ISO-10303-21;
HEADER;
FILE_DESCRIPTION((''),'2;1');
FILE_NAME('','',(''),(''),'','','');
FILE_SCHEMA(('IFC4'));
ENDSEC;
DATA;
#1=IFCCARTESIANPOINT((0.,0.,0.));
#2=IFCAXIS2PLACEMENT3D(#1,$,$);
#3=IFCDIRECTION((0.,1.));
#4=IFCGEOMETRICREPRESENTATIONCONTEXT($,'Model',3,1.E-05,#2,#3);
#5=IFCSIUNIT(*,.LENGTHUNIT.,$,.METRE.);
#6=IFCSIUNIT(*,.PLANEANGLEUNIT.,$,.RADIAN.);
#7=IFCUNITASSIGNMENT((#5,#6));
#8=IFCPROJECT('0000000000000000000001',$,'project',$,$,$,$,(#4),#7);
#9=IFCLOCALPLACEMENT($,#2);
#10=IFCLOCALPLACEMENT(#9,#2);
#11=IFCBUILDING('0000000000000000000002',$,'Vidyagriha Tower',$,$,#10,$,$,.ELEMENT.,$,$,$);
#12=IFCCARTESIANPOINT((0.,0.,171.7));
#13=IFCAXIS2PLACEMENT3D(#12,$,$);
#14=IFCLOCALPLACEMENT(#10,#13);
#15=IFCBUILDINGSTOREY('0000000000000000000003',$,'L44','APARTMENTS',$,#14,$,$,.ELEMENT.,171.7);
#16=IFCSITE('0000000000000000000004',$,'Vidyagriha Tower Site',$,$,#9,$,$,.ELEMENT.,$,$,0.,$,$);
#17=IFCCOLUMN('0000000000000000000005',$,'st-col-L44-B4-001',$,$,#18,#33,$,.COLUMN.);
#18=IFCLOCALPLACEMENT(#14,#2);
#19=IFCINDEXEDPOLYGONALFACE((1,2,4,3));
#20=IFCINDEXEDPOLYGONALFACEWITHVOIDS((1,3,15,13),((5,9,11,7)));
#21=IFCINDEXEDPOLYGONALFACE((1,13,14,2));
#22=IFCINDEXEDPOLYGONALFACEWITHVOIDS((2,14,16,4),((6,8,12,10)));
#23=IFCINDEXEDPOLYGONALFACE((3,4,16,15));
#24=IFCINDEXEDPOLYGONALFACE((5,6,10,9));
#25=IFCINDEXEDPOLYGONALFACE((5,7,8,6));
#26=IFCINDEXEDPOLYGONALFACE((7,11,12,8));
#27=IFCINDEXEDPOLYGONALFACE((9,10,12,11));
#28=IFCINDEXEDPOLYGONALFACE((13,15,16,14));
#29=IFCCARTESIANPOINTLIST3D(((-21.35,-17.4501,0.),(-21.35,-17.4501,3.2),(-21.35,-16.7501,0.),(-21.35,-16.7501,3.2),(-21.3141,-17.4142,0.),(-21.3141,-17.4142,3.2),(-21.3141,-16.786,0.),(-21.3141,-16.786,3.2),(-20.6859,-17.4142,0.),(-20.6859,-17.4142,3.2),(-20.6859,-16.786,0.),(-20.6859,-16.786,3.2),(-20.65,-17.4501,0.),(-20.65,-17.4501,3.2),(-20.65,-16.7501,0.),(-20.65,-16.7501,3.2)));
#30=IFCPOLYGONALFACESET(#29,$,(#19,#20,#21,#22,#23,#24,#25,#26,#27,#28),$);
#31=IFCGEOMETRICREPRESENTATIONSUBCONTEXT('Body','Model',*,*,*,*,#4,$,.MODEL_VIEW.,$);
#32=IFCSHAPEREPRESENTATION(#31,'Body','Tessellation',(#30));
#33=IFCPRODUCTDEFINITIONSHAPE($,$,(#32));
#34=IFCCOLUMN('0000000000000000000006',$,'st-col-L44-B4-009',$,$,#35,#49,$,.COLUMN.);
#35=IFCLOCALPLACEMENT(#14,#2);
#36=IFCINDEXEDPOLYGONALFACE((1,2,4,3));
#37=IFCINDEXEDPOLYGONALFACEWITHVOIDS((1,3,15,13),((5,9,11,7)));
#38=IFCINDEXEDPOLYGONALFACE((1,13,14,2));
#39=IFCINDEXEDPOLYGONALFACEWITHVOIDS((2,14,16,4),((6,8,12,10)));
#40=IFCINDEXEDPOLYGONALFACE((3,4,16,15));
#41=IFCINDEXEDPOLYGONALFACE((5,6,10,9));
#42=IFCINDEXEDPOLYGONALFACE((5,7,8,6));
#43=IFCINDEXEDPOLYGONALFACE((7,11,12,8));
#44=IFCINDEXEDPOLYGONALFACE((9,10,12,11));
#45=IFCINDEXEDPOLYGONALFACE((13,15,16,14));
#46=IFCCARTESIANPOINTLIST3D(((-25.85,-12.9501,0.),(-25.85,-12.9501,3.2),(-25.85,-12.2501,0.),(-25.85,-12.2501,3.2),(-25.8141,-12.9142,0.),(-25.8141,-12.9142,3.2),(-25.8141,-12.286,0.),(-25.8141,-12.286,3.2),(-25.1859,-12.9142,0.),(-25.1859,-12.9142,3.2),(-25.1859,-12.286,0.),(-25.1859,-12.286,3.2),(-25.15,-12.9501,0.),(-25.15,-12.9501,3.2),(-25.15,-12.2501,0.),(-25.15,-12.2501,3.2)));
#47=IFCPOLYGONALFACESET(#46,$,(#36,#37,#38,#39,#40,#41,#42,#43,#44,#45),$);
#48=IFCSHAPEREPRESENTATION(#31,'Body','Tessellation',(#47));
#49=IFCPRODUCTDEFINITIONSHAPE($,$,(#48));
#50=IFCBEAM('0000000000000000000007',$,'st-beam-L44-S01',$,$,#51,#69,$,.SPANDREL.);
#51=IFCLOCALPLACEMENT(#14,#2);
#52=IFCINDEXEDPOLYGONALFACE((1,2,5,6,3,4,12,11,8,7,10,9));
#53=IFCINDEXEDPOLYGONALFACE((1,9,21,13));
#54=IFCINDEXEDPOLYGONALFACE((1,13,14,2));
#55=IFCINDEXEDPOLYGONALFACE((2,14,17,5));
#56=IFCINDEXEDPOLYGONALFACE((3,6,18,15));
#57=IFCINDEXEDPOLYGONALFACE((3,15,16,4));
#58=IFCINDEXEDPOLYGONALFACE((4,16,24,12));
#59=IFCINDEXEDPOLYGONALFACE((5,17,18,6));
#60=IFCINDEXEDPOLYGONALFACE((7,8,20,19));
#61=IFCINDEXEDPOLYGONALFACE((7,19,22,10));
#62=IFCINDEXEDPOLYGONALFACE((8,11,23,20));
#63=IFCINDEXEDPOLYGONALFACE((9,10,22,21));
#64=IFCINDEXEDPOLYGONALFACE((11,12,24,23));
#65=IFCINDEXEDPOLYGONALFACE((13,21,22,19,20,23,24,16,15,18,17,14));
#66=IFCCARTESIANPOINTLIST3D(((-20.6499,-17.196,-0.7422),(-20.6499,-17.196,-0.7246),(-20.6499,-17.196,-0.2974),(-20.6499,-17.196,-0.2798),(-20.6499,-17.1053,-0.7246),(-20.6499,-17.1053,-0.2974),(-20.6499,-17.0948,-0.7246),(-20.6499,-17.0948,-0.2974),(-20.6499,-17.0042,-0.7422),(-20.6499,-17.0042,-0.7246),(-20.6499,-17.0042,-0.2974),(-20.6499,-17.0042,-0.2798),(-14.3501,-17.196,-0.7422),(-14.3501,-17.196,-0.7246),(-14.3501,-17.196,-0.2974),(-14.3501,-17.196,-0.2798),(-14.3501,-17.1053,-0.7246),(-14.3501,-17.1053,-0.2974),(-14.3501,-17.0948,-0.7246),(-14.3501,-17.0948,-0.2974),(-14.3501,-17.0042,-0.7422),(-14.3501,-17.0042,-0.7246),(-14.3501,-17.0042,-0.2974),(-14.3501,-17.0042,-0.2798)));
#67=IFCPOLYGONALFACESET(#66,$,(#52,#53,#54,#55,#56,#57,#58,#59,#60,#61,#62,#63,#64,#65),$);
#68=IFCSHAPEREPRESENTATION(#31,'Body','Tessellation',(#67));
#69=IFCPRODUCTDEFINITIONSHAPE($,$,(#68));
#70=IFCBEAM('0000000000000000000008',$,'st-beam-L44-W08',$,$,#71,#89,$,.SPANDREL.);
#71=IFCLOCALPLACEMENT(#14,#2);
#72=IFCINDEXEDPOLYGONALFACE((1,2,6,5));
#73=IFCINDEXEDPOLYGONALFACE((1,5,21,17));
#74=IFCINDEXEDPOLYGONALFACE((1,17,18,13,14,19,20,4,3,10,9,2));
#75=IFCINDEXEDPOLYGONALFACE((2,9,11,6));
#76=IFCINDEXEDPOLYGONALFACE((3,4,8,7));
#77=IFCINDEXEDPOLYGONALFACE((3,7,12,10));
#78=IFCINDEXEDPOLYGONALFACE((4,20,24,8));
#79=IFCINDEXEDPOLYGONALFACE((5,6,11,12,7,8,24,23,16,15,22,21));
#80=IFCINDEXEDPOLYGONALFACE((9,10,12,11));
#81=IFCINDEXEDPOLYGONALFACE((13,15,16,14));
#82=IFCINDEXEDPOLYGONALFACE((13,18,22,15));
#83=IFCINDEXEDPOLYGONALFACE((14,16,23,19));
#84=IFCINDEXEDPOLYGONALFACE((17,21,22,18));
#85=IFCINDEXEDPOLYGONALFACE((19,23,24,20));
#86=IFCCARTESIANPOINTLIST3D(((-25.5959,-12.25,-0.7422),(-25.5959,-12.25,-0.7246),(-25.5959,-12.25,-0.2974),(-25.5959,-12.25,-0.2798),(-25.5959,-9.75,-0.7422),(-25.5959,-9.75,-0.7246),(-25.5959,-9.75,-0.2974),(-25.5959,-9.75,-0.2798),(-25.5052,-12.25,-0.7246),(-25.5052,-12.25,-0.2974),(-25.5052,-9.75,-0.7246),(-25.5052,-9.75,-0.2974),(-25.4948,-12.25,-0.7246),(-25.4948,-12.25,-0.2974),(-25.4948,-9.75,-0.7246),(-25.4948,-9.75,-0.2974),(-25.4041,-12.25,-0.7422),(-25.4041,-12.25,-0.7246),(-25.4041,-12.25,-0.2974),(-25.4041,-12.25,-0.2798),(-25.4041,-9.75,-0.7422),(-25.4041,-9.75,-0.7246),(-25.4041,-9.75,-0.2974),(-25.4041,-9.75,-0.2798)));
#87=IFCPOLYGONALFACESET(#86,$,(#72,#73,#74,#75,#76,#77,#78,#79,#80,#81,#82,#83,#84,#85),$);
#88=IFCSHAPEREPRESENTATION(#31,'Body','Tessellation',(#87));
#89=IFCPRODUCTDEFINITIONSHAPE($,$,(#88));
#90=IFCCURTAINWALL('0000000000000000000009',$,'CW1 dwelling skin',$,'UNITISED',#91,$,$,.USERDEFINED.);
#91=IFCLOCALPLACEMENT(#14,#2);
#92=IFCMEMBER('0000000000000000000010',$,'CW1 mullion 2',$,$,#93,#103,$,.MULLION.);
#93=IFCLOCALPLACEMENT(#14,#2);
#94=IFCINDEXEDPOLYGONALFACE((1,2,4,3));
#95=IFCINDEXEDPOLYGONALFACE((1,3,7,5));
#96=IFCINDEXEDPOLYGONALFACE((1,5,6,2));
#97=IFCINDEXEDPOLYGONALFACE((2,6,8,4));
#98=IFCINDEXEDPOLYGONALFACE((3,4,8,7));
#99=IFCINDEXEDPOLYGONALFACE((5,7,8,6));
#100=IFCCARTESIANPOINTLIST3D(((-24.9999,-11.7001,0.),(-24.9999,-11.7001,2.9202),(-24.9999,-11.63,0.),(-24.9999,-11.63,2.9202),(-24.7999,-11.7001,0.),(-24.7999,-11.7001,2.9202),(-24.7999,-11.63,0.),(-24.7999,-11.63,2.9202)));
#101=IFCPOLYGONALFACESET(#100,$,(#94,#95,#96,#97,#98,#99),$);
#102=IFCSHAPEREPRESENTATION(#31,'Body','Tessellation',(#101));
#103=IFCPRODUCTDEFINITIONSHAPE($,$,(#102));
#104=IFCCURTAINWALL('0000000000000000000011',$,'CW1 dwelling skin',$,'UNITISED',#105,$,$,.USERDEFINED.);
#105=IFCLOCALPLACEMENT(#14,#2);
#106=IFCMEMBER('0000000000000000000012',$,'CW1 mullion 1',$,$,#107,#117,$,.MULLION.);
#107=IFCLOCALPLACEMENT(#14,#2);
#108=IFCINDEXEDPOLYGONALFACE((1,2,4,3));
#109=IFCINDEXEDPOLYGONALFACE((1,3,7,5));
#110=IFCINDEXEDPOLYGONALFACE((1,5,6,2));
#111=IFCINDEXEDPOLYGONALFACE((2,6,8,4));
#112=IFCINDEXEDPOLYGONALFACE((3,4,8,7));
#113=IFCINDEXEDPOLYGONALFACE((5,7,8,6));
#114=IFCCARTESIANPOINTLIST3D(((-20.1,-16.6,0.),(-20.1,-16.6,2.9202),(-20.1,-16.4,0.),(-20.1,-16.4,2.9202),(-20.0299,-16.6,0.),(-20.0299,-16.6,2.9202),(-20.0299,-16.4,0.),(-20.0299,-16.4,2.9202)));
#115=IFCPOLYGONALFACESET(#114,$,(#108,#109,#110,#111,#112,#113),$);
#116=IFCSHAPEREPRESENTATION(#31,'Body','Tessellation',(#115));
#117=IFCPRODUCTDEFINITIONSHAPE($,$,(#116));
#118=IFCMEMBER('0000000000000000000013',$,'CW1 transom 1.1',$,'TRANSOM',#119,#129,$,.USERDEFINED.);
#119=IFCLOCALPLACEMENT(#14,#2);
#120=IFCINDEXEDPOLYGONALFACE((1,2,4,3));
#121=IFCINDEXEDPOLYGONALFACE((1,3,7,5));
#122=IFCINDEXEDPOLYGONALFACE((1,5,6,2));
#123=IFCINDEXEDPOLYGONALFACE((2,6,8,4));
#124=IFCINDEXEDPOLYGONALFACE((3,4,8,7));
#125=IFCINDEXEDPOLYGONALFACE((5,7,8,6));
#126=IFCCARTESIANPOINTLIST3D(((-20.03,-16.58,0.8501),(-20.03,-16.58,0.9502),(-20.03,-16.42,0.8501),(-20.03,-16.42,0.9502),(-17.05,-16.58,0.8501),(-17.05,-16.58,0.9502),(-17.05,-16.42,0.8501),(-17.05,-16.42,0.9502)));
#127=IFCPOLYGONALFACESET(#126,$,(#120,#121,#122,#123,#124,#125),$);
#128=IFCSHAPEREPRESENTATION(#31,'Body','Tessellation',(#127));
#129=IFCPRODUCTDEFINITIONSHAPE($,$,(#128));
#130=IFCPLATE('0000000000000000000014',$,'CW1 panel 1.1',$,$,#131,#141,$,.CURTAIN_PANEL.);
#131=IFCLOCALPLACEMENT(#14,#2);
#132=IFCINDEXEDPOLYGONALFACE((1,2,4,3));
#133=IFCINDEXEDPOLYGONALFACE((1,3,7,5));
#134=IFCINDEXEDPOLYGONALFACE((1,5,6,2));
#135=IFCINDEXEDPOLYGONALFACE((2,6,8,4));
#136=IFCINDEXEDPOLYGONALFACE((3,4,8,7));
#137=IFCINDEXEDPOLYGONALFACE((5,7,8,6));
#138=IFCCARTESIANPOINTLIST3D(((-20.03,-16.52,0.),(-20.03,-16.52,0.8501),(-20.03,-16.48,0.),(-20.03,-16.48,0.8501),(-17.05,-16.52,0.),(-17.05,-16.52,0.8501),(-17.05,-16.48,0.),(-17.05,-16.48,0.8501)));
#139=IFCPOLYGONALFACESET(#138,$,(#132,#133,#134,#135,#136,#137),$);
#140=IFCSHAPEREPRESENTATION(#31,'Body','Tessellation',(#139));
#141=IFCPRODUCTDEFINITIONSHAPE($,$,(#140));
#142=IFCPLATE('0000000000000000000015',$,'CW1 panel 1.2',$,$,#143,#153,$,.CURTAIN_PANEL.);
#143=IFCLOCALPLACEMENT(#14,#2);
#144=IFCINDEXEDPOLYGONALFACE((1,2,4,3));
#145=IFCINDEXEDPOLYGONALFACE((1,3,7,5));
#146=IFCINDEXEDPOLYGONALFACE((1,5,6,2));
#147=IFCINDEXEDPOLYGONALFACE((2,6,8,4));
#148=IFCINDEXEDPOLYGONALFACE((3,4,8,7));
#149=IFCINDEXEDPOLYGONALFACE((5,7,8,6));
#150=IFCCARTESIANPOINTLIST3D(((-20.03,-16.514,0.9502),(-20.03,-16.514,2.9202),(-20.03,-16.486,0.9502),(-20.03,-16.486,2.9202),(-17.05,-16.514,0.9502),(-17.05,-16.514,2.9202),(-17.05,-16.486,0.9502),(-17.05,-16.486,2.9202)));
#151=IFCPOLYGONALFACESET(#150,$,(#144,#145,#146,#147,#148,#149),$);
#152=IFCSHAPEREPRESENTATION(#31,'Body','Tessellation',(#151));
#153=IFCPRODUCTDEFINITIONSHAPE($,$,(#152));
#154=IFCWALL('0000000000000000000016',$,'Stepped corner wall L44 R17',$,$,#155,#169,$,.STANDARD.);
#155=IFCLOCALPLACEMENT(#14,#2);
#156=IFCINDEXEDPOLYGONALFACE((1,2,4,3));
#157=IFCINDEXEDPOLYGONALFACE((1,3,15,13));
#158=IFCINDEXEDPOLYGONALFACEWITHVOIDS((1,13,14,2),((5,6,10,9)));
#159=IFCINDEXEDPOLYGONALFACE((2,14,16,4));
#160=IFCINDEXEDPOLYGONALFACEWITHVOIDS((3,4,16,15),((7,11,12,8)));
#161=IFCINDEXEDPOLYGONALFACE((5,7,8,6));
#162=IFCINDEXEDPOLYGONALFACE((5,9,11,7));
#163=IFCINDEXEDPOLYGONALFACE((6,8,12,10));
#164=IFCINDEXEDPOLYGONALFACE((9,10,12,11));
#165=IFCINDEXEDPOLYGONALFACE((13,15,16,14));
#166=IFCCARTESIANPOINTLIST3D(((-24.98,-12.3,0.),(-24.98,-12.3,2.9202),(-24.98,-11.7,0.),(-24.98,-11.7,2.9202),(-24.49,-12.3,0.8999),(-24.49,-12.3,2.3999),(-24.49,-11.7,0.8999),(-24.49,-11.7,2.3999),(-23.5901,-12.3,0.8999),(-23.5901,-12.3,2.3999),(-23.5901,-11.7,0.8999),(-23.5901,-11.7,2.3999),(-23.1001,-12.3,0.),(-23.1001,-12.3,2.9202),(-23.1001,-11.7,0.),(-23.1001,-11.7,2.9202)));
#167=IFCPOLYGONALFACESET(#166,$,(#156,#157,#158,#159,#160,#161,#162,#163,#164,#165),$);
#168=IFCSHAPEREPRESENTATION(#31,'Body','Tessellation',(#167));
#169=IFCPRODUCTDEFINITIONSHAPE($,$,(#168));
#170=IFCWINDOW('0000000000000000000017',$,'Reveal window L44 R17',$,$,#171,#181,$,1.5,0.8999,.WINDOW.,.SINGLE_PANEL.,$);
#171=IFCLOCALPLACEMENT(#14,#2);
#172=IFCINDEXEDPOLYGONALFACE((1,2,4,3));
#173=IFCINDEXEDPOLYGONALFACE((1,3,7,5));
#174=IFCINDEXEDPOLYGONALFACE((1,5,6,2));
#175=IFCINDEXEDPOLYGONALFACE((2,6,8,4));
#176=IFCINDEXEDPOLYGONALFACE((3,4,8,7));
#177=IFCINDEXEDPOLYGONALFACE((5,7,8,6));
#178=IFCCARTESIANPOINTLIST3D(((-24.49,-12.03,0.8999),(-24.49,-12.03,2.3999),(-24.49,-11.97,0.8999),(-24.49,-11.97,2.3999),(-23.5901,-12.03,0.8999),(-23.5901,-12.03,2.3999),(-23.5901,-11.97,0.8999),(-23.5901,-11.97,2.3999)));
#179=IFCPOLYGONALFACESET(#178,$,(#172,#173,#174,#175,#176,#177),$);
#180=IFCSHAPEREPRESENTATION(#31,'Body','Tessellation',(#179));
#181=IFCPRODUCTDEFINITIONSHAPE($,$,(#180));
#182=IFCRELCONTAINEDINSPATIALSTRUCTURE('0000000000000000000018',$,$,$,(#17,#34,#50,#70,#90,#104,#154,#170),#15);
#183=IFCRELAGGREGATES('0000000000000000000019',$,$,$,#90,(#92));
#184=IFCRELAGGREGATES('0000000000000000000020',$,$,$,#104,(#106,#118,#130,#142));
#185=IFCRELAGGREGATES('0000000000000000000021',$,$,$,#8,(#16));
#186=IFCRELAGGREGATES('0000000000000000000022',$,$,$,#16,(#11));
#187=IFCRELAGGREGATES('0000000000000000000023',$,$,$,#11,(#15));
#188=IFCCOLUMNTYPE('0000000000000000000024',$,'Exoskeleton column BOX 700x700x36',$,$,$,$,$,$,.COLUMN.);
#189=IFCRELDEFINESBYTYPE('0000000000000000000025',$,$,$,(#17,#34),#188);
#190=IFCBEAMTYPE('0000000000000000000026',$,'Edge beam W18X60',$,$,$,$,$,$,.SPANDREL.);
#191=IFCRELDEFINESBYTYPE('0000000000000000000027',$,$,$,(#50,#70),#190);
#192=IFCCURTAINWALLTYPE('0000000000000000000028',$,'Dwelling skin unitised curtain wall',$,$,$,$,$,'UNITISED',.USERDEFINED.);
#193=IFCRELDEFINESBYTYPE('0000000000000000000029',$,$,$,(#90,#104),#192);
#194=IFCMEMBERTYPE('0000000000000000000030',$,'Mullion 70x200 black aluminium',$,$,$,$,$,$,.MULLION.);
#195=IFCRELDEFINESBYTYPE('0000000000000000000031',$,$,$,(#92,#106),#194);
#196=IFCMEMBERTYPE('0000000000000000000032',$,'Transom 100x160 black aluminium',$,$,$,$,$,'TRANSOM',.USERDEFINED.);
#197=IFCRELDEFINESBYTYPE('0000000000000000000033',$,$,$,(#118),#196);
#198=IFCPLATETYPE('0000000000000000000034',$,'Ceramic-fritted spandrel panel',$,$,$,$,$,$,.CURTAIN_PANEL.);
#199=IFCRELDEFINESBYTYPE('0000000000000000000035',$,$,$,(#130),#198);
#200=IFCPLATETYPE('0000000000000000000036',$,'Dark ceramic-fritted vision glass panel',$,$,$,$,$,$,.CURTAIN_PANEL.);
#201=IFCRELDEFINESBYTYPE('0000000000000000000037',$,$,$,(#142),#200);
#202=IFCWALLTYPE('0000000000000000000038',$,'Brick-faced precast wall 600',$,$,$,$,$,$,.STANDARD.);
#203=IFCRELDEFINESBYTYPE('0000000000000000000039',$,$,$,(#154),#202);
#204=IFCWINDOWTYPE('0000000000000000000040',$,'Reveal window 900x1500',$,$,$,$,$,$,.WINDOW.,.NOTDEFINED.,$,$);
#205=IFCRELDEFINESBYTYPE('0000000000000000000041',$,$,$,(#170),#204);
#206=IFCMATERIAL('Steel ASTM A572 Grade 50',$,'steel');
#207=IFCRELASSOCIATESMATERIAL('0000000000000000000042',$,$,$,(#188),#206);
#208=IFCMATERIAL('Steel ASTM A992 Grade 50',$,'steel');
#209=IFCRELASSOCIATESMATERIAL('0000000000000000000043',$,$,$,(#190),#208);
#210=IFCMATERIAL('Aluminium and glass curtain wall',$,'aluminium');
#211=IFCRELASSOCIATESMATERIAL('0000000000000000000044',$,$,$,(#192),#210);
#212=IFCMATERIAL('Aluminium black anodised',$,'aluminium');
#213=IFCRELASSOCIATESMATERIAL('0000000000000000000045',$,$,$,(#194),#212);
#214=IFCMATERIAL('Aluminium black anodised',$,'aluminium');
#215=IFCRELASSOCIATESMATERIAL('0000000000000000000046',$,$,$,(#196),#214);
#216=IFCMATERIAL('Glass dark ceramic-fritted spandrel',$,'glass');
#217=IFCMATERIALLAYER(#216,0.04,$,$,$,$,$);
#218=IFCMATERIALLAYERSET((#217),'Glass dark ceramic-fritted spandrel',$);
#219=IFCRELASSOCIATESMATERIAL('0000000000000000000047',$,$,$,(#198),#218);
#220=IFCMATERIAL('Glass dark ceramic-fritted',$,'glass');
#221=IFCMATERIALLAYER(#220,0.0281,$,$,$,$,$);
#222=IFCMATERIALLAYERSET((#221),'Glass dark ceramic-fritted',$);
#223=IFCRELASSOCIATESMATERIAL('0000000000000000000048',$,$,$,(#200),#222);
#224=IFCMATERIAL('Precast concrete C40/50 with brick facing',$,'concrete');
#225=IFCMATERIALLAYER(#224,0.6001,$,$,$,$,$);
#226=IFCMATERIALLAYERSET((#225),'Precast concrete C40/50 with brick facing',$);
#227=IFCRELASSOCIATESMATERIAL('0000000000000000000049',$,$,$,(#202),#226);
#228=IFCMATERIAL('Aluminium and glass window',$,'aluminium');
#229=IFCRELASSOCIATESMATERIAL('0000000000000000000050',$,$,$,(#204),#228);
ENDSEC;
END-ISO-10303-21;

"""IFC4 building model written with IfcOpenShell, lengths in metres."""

from ifc_helpers import new_model, si_unit, direction, frame, frame_2d, origin, origin_2d, place, context, subcontext, project, spatial, rectangle, hollow_rectangle, i_section, extrude, material, layer, layer_set, material_profile, profile_set, type_object, element, fill, aggregate, save


model = new_model("IFC4")

# Units and contexts
model_context = context("Model", 3, precision=1e-05, world=origin(), true_north=direction((0.0, 1.0)))
body_context = subcontext(model_context, "Body", "Model", "MODEL_VIEW")
ifc_project = project(units=[si_unit("LENGTHUNIT", "METRE"), si_unit("PLANEANGLEUNIT", "RADIAN")], contexts=[model_context])

# Site, building, storey
site_placement = place(None, origin())
site = spatial("IfcSite", under=ifc_project, at=site_placement, Name="Vidyagriha Tower Site", CompositionType="ELEMENT", RefElevation=0.0)
building_placement = place(site_placement, origin())
building = spatial("IfcBuilding", under=site, at=building_placement, Name="Vidyagriha Tower", CompositionType="ELEMENT")
storey_placement = place(building_placement, frame((0.0, 0.0, 171.7)))
storey = spatial("IfcBuildingStorey", under=building, at=storey_placement, Name="L44", Description="APARTMENTS", CompositionType="ELEMENT", Elevation=171.7)

# Columns
ifc_material_1 = material(Name="Steel ASTM A572 Grade 50", Category="steel")
ifc_material_profile_1 = material_profile(ifc_material_1, hollow_rectangle(XDim=0.7, YDim=0.7, WallThickness=0.0359, at=origin_2d()), Name="BOX 700x700x36")
ifc_profile_set_1 = profile_set([ifc_material_profile_1], Name="Steel ASTM A572 Grade 50")
column_type = type_object("IfcColumnType", Name="Exoskeleton column BOX 700x700x36", PredefinedType="COLUMN", material=ifc_profile_set_1)
for number, where, name in (
    (1, (-21.0, -17.1001, 0.0), "st-col-L44-B4-001"),
    (2, (-25.5, -12.6001, 0.0), "st-col-L44-B4-009"),
):
    element("IfcColumn", number, at=place(storey_placement, frame(where)), inside=storey, type_object=column_type, Name=name, PredefinedType="COLUMN", context=body_context, shape_type="SweptSolid", body=[
        extrude(hollow_rectangle(XDim=0.7, YDim=0.7, WallThickness=0.0359, at=origin_2d()), origin(), (0.0, 0.0, 1.0), 3.2),
    ])

# Beams
ifc_material_2 = material(Name="Steel ASTM A992 Grade 50", Category="steel")
ifc_material_profile_2 = material_profile(ifc_material_2, i_section(OverallWidth=0.1919, OverallDepth=0.4624, WebThickness=0.0105, FlangeThickness=0.0176, at=origin_2d()), Name="W18X60")
ifc_profile_set_2 = profile_set([ifc_material_profile_2], Name="Steel ASTM A992 Grade 50")
beam_type = type_object("IfcBeamType", Name="Edge beam W18X60", PredefinedType="SPANDREL", material=ifc_profile_set_2)
beam_1_placement = place(storey_placement, frame((-20.6499, -17.1001, -0.511), z_axis=(1.0, 0.0, 0.0), x_axis=(0.0, 1.0, 0.0)))
element("IfcBeam", 3, at=beam_1_placement, inside=storey, type_object=beam_type, Name="st-beam-L44-S01", PredefinedType="SPANDREL", context=body_context, shape_type="SweptSolid", body=[
    extrude(i_section(OverallWidth=0.1919, OverallDepth=0.4624, WebThickness=0.0105, FlangeThickness=0.0176, at=origin_2d()), origin(), (0.0, 0.0, 1.0), 6.2998),
])
beam_2_placement = place(storey_placement, frame((-25.5, -12.25, -0.511), z_axis=(0.0, 1.0, 0.0), x_axis=(-1.0, 0.0, 0.0)))
element("IfcBeam", 4, at=beam_2_placement, inside=storey, type_object=beam_type, Name="st-beam-L44-W08", PredefinedType="SPANDREL", context=body_context, shape_type="SweptSolid", body=[
    extrude(i_section(OverallWidth=0.1919, OverallDepth=0.4624, WebThickness=0.0105, FlangeThickness=0.0176, at=origin_2d()), origin(), (0.0, 0.0, 1.0), 2.5),
])

# Curtain wall, member
ifc_material_3 = material(Name="Aluminium and glass curtain wall", Category="aluminium")
curtain_wall_type = type_object("IfcCurtainWallType", Name="Dwelling skin unitised curtain wall", ElementType="UNITISED", PredefinedType="USERDEFINED", material=ifc_material_3)
curtain_wall_1_placement = place(storey_placement, origin())
curtain_wall_1 = element("IfcCurtainWall", 5, at=curtain_wall_1_placement, inside=storey, type_object=curtain_wall_type, Name="CW1 dwelling skin", ObjectType="UNITISED", PredefinedType="USERDEFINED")
ifc_material_4 = material(Name="Aluminium black anodised", Category="aluminium")
ifc_material_profile_3 = material_profile(ifc_material_4, rectangle(XDim=0.2, YDim=0.0701, at=origin_2d()), Name="Mullion 70x200 black aluminium")
ifc_profile_set_3 = profile_set([ifc_material_profile_3], Name="Aluminium black anodised")
member_type_1 = type_object("IfcMemberType", Name="Mullion 70x200 black aluminium", PredefinedType="MULLION", material=ifc_profile_set_3)
member_1_placement = place(storey_placement, frame((-24.8999, -11.665, 0.0)))
member_1 = element("IfcMember", 6, at=member_1_placement, type_object=member_type_1, Name="CW1 mullion 2", PredefinedType="MULLION", context=body_context, shape_type="SweptSolid", body=[
    extrude(rectangle(XDim=0.2, YDim=0.0701, at=origin_2d()), origin(), (0.0, 0.0, 1.0), 2.9202),
])
aggregate(curtain_wall_1, [member_1])

# Curtain wall, members, plates
curtain_wall_2_placement = place(storey_placement, origin())
curtain_wall_2 = element("IfcCurtainWall", 7, at=curtain_wall_2_placement, inside=storey, type_object=curtain_wall_type, Name="CW1 dwelling skin", ObjectType="UNITISED", PredefinedType="USERDEFINED")
member_2_placement = place(storey_placement, frame((-20.0649, -16.5, 0.0), z_axis=(0.0, 0.0, 1.0), x_axis=(0.0, 1.0, 0.0)))
member_2 = element("IfcMember", 8, at=member_2_placement, type_object=member_type_1, Name="CW1 mullion 1", PredefinedType="MULLION", context=body_context, shape_type="SweptSolid", body=[
    extrude(rectangle(XDim=0.2, YDim=0.0701, at=origin_2d()), origin(), (0.0, 0.0, 1.0), 2.9202),
])
ifc_material_5 = material(Name="Aluminium black anodised", Category="aluminium")
ifc_material_profile_4 = material_profile(ifc_material_5, rectangle(XDim=0.1599, YDim=0.1001, at=origin_2d()), Name="Transom 100x160 black aluminium")
ifc_profile_set_4 = profile_set([ifc_material_profile_4], Name="Aluminium black anodised")
member_type_2 = type_object("IfcMemberType", Name="Transom 100x160 black aluminium", ElementType="TRANSOM", PredefinedType="USERDEFINED", material=ifc_profile_set_4)
member_3_placement = place(storey_placement, frame((-20.03, -16.5, 0.9001), z_axis=(1.0, 0.0, 0.0), x_axis=(0.0, 1.0, 0.0)))
member_3 = element("IfcMember", 9, at=member_3_placement, type_object=member_type_2, Name="CW1 transom 1.1", ObjectType="TRANSOM", PredefinedType="USERDEFINED", context=body_context, shape_type="SweptSolid", body=[
    extrude(rectangle(XDim=0.1599, YDim=0.1001, at=origin_2d()), origin(), (0.0, 0.0, 1.0), 2.98),
])
ifc_material_6 = material(Name="Glass dark ceramic-fritted spandrel", Category="glass")
ifc_layer_1 = layer(ifc_material_6, 0.04)
ifc_layer_set_1 = layer_set([ifc_layer_1], Name="Glass dark ceramic-fritted spandrel")
plate_type_1 = type_object("IfcPlateType", Name="Ceramic-fritted spandrel panel", PredefinedType="CURTAIN_PANEL", material=ifc_layer_set_1)
plate_1_placement = place(storey_placement, frame((-18.54, -16.5, 0.0)))
plate_1 = element("IfcPlate", 10, at=plate_1_placement, type_object=plate_type_1, Name="CW1 panel 1.1", PredefinedType="CURTAIN_PANEL", context=body_context, shape_type="SweptSolid", body=[
    extrude(rectangle(XDim=2.98, YDim=0.04, at=origin_2d()), origin(), (0.0, 0.0, 1.0), 0.8501),
])
ifc_material_7 = material(Name="Glass dark ceramic-fritted", Category="glass")
ifc_layer_2 = layer(ifc_material_7, 0.0281)
ifc_layer_set_2 = layer_set([ifc_layer_2], Name="Glass dark ceramic-fritted")
plate_type_2 = type_object("IfcPlateType", Name="Dark ceramic-fritted vision glass panel", PredefinedType="CURTAIN_PANEL", material=ifc_layer_set_2)
plate_2_placement = place(storey_placement, frame((-18.54, -16.5, 0.9502)))
plate_2 = element("IfcPlate", 11, at=plate_2_placement, type_object=plate_type_2, Name="CW1 panel 1.2", PredefinedType="CURTAIN_PANEL", context=body_context, shape_type="SweptSolid", body=[
    extrude(rectangle(XDim=2.98, YDim=0.0281, at=origin_2d()), origin(), (0.0, 0.0, 1.0), 1.97),
])
aggregate(curtain_wall_2, [member_2, member_3, plate_1, plate_2])

# Wall, opening, window
ifc_material_8 = material(Name="Precast concrete C40/50 with brick facing", Category="concrete")
ifc_layer_3 = layer(ifc_material_8, 0.6001)
ifc_layer_set_3 = layer_set([ifc_layer_3], Name="Precast concrete C40/50 with brick facing")
wall_type_1 = type_object("IfcWallType", Name="Brick-faced precast wall 600", PredefinedType="STANDARD", material=ifc_layer_set_3)
wall_1_placement = place(storey_placement, frame((-24.98, -12.0, 0.0)))
wall_1 = element("IfcWall", 12, at=wall_1_placement, inside=storey, type_object=wall_type_1, Name="Stepped corner wall L44 R17", PredefinedType="STANDARD", context=body_context, shape_type="SweptSolid", body=[
    extrude(rectangle(XDim=1.8799, YDim=0.6001, at=frame_2d((0.9399, 0.0))), origin(), (0.0, 0.0, 1.0), 2.9202),
])
opening_1_placement = place(wall_1_placement, frame((0.49, 0.0, 0.8999)))
opening_1 = element("IfcOpeningElement", 13, at=opening_1_placement, cuts=wall_1, PredefinedType="OPENING", context=body_context, shape_type="SweptSolid", body=[
    extrude(rectangle(XDim=0.8999, YDim=1.5, at=frame_2d((0.45, 0.75))), frame((0.0, 0.3101, 0.0), z_axis=(0.0, -1.0, 0.0), x_axis=(1.0, 0.0, 0.0)), (0.0, 0.0, 1.0), 0.6201),
])
ifc_material_9 = material(Name="Aluminium and glass window", Category="aluminium")
window_type = type_object("IfcWindowType", Name="Reveal window 900x1500", PartitioningType="NOTDEFINED", PredefinedType="WINDOW", material=ifc_material_9)
window_1_placement = place(opening_1_placement, origin())
window_1 = element("IfcWindow", 14, at=window_1_placement, inside=storey, type_object=window_type, Name="Reveal window L44 R17", OverallHeight=1.5, OverallWidth=0.8999, PartitioningType="SINGLE_PANEL", PredefinedType="WINDOW", context=body_context, shape_type="SweptSolid", body=[
    extrude(rectangle(XDim=0.8999, YDim=1.5, at=frame_2d((0.45, 0.75))), frame((0.0, 0.03, 0.0), z_axis=(0.0, -1.0, 0.0), x_axis=(1.0, 0.0, 0.0)), (0.0, 0.0, 1.0), 0.0601),
])
fill(opening_1, window_1)

save(model, "model.ifc")
